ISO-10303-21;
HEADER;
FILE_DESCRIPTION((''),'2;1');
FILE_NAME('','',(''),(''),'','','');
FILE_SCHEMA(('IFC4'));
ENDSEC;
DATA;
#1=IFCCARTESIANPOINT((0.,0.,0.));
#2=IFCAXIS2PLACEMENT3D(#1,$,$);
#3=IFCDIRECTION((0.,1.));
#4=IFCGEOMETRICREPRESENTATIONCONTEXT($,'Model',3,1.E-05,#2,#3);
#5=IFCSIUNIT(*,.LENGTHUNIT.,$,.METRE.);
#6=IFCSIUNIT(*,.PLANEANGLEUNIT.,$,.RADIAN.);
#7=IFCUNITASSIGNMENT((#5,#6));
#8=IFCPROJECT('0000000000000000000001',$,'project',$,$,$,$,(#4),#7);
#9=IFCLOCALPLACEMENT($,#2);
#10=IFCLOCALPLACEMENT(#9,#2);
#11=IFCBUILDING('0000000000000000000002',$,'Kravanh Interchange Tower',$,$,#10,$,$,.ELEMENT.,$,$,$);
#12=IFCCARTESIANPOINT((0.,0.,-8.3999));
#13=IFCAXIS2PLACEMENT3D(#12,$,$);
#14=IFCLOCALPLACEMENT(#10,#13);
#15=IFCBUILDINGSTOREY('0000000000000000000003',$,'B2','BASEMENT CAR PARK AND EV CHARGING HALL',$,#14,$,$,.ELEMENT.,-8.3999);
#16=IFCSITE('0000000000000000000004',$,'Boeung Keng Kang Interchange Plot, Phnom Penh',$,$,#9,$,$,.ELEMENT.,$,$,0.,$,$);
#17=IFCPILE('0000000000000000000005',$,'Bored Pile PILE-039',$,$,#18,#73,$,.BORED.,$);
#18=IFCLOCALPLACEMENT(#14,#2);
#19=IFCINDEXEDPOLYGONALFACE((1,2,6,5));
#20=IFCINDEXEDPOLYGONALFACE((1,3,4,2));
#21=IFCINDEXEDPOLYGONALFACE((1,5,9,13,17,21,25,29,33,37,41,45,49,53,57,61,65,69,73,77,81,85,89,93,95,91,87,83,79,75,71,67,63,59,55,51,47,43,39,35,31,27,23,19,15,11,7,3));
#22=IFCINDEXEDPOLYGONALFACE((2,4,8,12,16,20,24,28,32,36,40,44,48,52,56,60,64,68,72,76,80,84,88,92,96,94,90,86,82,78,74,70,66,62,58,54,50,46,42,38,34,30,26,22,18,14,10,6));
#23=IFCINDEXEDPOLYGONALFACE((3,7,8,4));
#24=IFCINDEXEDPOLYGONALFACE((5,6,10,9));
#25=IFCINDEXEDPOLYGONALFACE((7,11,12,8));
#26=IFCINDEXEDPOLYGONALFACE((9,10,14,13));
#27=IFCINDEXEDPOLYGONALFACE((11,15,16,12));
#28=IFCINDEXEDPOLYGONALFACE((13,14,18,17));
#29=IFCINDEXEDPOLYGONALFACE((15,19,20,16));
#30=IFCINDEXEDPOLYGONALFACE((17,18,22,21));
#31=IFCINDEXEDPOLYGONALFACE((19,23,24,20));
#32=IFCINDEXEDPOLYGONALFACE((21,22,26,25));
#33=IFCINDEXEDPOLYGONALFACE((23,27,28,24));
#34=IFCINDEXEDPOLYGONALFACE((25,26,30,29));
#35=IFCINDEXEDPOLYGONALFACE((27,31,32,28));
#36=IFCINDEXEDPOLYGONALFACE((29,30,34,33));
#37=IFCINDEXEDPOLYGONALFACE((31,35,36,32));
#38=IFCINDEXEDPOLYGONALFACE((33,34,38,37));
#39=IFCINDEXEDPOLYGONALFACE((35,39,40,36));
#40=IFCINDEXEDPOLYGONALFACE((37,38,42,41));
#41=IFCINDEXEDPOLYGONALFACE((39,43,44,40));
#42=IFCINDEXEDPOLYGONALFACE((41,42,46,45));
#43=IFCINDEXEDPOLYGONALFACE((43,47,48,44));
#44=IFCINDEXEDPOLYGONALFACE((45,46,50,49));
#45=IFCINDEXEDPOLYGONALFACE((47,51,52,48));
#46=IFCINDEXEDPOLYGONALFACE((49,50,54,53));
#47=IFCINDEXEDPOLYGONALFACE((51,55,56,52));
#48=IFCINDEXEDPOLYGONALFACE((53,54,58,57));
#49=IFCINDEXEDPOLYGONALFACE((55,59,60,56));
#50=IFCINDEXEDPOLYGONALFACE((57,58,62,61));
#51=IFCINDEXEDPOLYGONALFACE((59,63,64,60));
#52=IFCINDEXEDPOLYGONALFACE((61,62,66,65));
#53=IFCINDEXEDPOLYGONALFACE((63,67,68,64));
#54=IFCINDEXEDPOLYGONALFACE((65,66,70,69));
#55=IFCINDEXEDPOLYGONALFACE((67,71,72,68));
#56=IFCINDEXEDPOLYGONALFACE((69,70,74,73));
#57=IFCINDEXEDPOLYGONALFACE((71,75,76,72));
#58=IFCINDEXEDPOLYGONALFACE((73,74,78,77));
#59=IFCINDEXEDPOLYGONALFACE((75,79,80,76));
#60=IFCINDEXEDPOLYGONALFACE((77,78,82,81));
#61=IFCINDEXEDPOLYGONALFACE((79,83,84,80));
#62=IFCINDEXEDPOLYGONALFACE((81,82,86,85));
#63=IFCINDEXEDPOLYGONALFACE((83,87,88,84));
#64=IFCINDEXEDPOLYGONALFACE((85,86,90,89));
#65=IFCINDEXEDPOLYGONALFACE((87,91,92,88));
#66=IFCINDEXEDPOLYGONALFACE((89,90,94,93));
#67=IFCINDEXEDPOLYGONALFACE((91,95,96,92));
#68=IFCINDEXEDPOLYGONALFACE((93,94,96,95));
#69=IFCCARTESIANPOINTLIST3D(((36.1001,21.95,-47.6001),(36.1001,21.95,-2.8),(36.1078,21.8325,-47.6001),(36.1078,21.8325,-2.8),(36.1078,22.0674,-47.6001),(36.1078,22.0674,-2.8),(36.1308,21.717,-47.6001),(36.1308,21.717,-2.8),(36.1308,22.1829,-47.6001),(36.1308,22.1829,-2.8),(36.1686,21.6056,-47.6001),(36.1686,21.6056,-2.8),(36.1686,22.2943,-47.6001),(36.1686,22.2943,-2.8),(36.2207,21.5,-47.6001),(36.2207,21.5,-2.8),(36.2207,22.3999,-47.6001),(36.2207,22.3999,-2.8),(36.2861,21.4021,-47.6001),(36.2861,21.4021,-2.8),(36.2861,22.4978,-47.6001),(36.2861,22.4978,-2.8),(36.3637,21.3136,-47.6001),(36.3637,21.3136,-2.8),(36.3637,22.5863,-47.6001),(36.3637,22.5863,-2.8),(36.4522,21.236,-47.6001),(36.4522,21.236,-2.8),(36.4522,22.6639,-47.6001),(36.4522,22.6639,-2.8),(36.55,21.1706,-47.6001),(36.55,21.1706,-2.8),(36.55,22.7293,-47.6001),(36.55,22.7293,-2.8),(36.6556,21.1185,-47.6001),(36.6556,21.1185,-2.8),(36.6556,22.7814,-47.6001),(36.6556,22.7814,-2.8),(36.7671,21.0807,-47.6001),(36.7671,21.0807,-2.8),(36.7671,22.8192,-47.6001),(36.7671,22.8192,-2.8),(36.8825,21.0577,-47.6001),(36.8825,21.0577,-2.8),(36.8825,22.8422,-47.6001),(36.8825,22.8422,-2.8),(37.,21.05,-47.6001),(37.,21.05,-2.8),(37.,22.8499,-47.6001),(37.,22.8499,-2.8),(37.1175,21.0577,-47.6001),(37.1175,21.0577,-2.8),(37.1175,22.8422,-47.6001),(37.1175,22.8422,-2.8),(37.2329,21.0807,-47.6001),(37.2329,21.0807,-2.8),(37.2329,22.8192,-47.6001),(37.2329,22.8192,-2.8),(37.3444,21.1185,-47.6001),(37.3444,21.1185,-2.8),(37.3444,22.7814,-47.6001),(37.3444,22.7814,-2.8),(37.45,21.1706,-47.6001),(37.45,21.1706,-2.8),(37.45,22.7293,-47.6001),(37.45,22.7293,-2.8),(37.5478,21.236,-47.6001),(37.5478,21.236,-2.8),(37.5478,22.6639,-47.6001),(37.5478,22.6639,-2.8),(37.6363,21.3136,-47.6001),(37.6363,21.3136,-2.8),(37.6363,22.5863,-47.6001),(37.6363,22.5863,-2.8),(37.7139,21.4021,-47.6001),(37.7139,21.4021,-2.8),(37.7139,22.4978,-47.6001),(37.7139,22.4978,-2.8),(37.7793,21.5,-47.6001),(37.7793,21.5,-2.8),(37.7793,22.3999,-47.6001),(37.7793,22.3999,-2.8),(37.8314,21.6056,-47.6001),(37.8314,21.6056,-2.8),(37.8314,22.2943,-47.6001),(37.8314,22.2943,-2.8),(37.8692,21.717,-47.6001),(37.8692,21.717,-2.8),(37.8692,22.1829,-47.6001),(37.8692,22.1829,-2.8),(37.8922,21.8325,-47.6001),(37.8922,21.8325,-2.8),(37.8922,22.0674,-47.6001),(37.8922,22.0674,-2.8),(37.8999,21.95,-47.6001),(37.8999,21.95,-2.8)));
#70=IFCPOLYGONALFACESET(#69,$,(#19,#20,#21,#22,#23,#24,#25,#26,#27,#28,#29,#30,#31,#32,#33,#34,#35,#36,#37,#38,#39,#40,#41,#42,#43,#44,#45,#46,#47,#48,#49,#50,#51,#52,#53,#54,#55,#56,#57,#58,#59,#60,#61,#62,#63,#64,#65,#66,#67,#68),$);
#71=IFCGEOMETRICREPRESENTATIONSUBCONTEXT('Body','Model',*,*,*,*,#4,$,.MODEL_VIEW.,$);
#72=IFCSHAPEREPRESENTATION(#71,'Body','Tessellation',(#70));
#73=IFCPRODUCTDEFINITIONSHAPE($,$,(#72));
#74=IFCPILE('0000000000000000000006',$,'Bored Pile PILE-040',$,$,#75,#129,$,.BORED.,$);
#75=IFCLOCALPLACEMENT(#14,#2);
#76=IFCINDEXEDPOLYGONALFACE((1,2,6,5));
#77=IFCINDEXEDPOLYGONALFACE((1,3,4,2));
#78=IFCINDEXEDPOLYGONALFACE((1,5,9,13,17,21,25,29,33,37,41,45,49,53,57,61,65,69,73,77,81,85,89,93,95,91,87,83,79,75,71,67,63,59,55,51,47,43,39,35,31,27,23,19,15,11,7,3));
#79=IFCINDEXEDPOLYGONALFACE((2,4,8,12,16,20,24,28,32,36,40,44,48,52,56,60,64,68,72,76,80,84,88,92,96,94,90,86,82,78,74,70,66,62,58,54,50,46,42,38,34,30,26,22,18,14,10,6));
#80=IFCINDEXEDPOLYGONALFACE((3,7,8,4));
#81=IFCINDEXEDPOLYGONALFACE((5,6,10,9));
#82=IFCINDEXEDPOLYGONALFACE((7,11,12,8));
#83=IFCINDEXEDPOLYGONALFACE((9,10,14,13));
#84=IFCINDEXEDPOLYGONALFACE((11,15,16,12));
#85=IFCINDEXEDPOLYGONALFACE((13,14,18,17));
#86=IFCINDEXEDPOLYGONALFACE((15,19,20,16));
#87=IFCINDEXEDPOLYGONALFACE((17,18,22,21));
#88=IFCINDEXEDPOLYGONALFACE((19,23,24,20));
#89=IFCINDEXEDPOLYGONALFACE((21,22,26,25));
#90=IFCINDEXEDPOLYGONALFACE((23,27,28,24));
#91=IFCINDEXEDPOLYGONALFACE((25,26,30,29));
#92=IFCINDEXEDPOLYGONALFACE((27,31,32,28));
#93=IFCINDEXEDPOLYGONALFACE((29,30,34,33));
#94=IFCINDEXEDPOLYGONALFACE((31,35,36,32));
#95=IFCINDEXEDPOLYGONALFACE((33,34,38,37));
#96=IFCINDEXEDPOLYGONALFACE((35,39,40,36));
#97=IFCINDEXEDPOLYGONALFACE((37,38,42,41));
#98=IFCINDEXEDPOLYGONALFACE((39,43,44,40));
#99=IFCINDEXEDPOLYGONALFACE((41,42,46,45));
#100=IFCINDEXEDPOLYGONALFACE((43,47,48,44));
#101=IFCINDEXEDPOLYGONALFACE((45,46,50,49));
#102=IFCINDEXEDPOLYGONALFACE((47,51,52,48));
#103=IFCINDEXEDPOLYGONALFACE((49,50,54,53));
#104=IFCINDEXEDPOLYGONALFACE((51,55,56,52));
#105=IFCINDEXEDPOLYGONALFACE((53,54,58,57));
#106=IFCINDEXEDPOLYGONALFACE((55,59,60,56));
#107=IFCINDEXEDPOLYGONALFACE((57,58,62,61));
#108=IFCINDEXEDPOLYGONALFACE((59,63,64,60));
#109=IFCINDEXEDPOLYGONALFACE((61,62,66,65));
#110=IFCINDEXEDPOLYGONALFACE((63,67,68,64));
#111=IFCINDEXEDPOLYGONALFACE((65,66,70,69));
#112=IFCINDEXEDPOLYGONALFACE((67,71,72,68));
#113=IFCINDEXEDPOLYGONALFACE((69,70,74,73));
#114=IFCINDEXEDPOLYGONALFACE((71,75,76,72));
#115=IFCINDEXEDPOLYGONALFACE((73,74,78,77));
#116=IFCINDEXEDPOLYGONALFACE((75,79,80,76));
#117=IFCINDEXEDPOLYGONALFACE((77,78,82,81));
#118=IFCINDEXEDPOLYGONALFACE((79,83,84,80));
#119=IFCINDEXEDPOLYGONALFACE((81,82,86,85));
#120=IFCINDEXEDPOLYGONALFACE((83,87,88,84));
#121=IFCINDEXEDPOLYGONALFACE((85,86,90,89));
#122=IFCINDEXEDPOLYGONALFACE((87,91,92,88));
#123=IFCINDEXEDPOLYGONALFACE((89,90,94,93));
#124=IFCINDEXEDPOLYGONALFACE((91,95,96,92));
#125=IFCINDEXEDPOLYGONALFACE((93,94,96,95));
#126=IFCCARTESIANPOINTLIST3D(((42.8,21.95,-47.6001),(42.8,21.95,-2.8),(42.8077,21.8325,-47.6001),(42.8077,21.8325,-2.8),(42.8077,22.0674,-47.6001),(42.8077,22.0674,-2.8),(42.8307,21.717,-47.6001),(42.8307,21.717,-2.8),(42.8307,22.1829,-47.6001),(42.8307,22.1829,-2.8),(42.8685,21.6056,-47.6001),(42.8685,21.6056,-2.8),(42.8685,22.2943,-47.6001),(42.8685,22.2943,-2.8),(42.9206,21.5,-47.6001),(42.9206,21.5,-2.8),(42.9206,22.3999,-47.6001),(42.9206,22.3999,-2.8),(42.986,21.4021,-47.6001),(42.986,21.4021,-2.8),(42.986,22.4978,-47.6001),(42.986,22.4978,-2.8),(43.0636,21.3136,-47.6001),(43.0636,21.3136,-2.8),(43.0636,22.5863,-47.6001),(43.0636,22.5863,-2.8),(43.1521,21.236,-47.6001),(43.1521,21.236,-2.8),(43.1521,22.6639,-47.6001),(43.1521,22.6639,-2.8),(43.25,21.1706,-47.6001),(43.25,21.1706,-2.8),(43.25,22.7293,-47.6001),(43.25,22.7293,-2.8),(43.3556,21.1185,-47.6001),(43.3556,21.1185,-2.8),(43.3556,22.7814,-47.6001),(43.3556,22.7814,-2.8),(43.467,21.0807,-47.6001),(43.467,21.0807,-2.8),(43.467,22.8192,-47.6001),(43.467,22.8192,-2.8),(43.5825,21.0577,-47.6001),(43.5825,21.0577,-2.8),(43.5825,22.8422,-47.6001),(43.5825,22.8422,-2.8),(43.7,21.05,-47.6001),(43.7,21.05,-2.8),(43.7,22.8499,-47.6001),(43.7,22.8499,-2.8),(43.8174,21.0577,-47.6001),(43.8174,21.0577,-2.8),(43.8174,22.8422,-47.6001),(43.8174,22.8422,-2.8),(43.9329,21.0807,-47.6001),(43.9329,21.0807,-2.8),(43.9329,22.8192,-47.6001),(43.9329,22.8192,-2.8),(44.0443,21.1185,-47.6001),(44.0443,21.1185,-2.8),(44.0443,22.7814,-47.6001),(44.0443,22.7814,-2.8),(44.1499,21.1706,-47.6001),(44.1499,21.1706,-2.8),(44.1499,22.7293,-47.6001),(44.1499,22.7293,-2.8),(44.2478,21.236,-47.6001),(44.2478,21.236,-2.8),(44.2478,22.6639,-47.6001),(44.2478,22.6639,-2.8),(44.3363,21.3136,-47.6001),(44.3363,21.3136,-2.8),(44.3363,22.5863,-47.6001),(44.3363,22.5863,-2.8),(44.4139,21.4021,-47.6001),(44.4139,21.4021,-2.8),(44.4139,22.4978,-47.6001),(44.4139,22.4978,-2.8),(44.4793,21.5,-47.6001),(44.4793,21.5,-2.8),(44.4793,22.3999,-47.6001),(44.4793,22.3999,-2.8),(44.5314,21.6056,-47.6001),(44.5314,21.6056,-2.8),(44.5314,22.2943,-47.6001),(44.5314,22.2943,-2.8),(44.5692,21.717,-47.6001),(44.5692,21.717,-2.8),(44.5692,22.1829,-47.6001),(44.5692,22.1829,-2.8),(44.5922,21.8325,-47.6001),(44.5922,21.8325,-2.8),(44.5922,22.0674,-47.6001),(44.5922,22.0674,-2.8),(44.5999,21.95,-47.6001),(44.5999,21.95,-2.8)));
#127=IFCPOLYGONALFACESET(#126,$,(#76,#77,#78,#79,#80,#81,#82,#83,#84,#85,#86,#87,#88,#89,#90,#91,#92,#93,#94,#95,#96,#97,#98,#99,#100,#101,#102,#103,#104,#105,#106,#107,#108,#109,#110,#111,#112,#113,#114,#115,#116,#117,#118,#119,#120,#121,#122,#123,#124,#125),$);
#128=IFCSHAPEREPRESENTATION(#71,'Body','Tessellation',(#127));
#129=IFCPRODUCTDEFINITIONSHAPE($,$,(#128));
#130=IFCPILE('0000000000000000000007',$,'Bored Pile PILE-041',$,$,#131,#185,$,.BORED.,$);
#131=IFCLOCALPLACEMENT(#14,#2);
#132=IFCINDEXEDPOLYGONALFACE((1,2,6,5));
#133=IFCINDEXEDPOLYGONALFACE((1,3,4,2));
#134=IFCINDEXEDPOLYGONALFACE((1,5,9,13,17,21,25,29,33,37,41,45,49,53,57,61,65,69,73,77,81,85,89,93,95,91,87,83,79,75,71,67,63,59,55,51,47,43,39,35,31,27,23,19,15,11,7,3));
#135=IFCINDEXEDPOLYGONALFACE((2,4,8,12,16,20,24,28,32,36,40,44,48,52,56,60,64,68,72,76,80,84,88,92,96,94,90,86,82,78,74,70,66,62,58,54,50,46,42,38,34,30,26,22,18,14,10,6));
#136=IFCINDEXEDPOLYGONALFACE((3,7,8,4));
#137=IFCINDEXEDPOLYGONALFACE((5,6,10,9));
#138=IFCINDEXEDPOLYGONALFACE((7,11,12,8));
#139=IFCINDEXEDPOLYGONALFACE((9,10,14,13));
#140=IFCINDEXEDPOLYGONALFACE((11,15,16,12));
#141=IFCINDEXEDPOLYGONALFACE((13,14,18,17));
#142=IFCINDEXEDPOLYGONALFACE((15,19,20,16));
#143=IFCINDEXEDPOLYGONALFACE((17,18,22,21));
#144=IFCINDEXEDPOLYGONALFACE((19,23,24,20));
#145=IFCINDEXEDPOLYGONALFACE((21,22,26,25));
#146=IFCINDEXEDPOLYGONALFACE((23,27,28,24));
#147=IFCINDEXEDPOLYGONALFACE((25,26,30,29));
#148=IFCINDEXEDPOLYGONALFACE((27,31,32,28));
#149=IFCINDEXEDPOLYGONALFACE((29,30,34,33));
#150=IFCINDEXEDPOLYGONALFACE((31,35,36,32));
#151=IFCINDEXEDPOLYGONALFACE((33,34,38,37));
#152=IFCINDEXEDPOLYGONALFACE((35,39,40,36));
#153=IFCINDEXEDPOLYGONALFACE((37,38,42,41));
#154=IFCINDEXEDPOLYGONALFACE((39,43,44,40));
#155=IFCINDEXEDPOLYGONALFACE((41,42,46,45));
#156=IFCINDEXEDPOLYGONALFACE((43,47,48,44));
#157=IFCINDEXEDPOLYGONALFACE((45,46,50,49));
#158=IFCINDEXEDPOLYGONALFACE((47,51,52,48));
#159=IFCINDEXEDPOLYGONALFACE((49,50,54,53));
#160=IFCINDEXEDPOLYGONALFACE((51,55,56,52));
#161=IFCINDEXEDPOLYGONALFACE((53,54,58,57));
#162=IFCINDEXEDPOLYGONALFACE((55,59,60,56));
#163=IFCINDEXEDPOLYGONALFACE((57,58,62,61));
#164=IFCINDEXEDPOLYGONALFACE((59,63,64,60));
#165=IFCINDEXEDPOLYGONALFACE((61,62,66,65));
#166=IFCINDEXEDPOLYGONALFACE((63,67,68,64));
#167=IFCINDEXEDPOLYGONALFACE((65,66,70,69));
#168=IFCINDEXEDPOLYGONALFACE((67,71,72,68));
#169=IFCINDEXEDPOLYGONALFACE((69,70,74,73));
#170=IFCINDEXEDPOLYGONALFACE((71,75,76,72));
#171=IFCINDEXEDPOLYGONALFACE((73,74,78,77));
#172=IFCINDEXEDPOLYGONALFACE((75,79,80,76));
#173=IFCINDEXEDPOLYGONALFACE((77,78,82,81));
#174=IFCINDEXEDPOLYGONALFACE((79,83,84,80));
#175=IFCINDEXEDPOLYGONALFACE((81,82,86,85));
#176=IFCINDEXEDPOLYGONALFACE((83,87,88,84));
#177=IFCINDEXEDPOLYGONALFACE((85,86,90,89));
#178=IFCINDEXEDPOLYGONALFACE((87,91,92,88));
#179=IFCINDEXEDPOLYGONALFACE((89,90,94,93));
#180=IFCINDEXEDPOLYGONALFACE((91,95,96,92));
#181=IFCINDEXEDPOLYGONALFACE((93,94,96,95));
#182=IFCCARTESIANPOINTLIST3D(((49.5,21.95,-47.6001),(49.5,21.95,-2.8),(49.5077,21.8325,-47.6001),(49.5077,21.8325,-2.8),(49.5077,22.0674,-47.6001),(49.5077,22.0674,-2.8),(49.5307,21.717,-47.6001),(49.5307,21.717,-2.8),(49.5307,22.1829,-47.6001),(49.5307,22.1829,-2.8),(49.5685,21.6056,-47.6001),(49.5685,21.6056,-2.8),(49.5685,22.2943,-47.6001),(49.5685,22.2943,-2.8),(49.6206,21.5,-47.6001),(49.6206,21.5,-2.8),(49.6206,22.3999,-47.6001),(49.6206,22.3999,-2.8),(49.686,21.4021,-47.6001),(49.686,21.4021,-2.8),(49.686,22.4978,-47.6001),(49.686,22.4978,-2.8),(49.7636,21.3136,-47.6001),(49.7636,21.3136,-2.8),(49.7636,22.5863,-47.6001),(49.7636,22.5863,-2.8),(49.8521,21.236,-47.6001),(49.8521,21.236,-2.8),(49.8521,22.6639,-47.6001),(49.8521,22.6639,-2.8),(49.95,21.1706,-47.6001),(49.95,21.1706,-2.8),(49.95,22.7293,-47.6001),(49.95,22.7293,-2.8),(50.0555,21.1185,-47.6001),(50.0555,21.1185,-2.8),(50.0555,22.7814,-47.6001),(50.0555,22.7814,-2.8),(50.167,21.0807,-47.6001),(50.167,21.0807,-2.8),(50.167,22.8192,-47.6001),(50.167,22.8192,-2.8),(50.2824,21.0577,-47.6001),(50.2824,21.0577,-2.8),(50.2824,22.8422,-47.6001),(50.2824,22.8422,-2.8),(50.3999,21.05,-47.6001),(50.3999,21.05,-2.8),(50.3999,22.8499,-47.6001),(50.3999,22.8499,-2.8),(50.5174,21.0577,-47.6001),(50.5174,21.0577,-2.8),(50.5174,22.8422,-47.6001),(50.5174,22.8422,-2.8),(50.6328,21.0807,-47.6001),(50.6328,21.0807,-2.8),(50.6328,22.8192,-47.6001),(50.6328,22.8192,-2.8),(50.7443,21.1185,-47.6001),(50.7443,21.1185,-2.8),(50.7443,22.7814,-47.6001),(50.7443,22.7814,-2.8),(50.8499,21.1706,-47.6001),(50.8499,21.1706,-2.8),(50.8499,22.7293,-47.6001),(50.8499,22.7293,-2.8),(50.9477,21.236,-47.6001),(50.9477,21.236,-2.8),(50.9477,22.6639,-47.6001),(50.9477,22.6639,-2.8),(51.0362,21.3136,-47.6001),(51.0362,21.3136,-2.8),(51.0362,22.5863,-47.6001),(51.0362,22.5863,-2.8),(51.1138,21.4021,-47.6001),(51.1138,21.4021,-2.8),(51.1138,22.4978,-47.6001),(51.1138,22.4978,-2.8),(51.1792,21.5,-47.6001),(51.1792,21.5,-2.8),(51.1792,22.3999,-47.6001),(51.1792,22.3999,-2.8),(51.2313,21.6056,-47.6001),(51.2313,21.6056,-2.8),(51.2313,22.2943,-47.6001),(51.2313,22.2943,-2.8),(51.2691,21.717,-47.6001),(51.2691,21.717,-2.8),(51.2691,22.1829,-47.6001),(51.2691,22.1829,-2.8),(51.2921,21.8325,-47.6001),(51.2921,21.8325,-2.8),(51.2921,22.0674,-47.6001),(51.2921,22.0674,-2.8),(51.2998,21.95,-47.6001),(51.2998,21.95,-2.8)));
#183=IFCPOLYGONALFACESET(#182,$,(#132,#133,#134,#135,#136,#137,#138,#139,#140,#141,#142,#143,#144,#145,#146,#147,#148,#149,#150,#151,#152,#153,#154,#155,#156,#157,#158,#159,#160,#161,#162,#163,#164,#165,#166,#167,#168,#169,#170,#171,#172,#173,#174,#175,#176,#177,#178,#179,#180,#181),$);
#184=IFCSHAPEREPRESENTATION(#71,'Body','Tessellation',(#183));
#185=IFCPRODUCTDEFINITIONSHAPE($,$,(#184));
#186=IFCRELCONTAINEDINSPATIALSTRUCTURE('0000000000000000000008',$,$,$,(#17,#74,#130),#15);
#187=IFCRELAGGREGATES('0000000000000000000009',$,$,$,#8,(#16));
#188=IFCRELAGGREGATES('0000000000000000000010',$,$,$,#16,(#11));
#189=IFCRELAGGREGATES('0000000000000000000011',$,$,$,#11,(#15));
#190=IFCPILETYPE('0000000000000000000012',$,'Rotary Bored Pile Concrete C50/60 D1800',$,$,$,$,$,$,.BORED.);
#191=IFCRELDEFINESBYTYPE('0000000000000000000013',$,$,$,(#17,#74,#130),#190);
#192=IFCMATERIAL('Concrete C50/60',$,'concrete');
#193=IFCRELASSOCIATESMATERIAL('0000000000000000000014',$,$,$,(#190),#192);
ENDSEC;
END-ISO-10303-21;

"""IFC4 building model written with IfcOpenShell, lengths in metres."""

from ifc_helpers import new_model, si_unit, direction, frame, origin, origin_2d, place, context, subcontext, project, spatial, circle, extrude, material, material_profile, profile_set, type_object, element, save


model = new_model("IFC4")

# Units and contexts
model_context = context("Model", 3, precision=1e-05, world=origin(), true_north=direction((0.0, 1.0)))
body_context = subcontext(model_context, "Body", "Model", "MODEL_VIEW")
ifc_project = project(units=[si_unit("LENGTHUNIT", "METRE"), si_unit("PLANEANGLEUNIT", "RADIAN")], contexts=[model_context])

# Site, building, storey
site_placement = place(None, origin())
site = spatial("IfcSite", under=ifc_project, at=site_placement, Name="Boeung Keng Kang Interchange Plot, Phnom Penh", CompositionType="ELEMENT", RefElevation=0.0)
building_placement = place(site_placement, origin())
building = spatial("IfcBuilding", under=site, at=building_placement, Name="Kravanh Interchange Tower", CompositionType="ELEMENT")
storey_placement = place(building_placement, frame((0.0, 0.0, -8.3999)))
storey = spatial("IfcBuildingStorey", under=building, at=storey_placement, Name="B2", Description="BASEMENT CAR PARK AND EV CHARGING HALL", CompositionType="ELEMENT", Elevation=-8.3999)

# Piles
ifc_material_1 = material(Name="Concrete C50/60", Category="concrete")
ifc_material_profile_1 = material_profile(ifc_material_1, circle(Radius=0.8999, at=origin_2d()), Name="PILE-D1800")
ifc_profile_set_1 = profile_set([ifc_material_profile_1], Name="Concrete C50/60")
pile_type_1 = type_object("IfcPileType", Name="Rotary Bored Pile Concrete C50/60 D1800", PredefinedType="BORED", material=ifc_profile_set_1)
for number, where, z_axis, x_axis, name in (
    (1, (37.0, 21.95, -2.8), (0.0, 0.0, -1.0), (1.0, 0.0, 0.0), "Bored Pile PILE-039"),
    (2, (43.7, 21.95, -2.8), (0.0, 0.0, -1.0), (1.0, 0.0, 0.0), "Bored Pile PILE-040"),
    (3, (50.3999, 21.95, -2.8), (0.0, 0.0, -1.0), (1.0, 0.0, 0.0), "Bored Pile PILE-041"),
):
    element("IfcPile", number, at=place(storey_placement, frame(where, z_axis=z_axis, x_axis=x_axis)), inside=storey, type_object=pile_type_1, Name=name, PredefinedType="BORED", context=body_context, shape_type="SweptSolid", body=[
        extrude(circle(Radius=0.8999, at=origin_2d()), origin(), (0.0, 0.0, 1.0), 44.8),
    ])

save(model, "model.ifc")
